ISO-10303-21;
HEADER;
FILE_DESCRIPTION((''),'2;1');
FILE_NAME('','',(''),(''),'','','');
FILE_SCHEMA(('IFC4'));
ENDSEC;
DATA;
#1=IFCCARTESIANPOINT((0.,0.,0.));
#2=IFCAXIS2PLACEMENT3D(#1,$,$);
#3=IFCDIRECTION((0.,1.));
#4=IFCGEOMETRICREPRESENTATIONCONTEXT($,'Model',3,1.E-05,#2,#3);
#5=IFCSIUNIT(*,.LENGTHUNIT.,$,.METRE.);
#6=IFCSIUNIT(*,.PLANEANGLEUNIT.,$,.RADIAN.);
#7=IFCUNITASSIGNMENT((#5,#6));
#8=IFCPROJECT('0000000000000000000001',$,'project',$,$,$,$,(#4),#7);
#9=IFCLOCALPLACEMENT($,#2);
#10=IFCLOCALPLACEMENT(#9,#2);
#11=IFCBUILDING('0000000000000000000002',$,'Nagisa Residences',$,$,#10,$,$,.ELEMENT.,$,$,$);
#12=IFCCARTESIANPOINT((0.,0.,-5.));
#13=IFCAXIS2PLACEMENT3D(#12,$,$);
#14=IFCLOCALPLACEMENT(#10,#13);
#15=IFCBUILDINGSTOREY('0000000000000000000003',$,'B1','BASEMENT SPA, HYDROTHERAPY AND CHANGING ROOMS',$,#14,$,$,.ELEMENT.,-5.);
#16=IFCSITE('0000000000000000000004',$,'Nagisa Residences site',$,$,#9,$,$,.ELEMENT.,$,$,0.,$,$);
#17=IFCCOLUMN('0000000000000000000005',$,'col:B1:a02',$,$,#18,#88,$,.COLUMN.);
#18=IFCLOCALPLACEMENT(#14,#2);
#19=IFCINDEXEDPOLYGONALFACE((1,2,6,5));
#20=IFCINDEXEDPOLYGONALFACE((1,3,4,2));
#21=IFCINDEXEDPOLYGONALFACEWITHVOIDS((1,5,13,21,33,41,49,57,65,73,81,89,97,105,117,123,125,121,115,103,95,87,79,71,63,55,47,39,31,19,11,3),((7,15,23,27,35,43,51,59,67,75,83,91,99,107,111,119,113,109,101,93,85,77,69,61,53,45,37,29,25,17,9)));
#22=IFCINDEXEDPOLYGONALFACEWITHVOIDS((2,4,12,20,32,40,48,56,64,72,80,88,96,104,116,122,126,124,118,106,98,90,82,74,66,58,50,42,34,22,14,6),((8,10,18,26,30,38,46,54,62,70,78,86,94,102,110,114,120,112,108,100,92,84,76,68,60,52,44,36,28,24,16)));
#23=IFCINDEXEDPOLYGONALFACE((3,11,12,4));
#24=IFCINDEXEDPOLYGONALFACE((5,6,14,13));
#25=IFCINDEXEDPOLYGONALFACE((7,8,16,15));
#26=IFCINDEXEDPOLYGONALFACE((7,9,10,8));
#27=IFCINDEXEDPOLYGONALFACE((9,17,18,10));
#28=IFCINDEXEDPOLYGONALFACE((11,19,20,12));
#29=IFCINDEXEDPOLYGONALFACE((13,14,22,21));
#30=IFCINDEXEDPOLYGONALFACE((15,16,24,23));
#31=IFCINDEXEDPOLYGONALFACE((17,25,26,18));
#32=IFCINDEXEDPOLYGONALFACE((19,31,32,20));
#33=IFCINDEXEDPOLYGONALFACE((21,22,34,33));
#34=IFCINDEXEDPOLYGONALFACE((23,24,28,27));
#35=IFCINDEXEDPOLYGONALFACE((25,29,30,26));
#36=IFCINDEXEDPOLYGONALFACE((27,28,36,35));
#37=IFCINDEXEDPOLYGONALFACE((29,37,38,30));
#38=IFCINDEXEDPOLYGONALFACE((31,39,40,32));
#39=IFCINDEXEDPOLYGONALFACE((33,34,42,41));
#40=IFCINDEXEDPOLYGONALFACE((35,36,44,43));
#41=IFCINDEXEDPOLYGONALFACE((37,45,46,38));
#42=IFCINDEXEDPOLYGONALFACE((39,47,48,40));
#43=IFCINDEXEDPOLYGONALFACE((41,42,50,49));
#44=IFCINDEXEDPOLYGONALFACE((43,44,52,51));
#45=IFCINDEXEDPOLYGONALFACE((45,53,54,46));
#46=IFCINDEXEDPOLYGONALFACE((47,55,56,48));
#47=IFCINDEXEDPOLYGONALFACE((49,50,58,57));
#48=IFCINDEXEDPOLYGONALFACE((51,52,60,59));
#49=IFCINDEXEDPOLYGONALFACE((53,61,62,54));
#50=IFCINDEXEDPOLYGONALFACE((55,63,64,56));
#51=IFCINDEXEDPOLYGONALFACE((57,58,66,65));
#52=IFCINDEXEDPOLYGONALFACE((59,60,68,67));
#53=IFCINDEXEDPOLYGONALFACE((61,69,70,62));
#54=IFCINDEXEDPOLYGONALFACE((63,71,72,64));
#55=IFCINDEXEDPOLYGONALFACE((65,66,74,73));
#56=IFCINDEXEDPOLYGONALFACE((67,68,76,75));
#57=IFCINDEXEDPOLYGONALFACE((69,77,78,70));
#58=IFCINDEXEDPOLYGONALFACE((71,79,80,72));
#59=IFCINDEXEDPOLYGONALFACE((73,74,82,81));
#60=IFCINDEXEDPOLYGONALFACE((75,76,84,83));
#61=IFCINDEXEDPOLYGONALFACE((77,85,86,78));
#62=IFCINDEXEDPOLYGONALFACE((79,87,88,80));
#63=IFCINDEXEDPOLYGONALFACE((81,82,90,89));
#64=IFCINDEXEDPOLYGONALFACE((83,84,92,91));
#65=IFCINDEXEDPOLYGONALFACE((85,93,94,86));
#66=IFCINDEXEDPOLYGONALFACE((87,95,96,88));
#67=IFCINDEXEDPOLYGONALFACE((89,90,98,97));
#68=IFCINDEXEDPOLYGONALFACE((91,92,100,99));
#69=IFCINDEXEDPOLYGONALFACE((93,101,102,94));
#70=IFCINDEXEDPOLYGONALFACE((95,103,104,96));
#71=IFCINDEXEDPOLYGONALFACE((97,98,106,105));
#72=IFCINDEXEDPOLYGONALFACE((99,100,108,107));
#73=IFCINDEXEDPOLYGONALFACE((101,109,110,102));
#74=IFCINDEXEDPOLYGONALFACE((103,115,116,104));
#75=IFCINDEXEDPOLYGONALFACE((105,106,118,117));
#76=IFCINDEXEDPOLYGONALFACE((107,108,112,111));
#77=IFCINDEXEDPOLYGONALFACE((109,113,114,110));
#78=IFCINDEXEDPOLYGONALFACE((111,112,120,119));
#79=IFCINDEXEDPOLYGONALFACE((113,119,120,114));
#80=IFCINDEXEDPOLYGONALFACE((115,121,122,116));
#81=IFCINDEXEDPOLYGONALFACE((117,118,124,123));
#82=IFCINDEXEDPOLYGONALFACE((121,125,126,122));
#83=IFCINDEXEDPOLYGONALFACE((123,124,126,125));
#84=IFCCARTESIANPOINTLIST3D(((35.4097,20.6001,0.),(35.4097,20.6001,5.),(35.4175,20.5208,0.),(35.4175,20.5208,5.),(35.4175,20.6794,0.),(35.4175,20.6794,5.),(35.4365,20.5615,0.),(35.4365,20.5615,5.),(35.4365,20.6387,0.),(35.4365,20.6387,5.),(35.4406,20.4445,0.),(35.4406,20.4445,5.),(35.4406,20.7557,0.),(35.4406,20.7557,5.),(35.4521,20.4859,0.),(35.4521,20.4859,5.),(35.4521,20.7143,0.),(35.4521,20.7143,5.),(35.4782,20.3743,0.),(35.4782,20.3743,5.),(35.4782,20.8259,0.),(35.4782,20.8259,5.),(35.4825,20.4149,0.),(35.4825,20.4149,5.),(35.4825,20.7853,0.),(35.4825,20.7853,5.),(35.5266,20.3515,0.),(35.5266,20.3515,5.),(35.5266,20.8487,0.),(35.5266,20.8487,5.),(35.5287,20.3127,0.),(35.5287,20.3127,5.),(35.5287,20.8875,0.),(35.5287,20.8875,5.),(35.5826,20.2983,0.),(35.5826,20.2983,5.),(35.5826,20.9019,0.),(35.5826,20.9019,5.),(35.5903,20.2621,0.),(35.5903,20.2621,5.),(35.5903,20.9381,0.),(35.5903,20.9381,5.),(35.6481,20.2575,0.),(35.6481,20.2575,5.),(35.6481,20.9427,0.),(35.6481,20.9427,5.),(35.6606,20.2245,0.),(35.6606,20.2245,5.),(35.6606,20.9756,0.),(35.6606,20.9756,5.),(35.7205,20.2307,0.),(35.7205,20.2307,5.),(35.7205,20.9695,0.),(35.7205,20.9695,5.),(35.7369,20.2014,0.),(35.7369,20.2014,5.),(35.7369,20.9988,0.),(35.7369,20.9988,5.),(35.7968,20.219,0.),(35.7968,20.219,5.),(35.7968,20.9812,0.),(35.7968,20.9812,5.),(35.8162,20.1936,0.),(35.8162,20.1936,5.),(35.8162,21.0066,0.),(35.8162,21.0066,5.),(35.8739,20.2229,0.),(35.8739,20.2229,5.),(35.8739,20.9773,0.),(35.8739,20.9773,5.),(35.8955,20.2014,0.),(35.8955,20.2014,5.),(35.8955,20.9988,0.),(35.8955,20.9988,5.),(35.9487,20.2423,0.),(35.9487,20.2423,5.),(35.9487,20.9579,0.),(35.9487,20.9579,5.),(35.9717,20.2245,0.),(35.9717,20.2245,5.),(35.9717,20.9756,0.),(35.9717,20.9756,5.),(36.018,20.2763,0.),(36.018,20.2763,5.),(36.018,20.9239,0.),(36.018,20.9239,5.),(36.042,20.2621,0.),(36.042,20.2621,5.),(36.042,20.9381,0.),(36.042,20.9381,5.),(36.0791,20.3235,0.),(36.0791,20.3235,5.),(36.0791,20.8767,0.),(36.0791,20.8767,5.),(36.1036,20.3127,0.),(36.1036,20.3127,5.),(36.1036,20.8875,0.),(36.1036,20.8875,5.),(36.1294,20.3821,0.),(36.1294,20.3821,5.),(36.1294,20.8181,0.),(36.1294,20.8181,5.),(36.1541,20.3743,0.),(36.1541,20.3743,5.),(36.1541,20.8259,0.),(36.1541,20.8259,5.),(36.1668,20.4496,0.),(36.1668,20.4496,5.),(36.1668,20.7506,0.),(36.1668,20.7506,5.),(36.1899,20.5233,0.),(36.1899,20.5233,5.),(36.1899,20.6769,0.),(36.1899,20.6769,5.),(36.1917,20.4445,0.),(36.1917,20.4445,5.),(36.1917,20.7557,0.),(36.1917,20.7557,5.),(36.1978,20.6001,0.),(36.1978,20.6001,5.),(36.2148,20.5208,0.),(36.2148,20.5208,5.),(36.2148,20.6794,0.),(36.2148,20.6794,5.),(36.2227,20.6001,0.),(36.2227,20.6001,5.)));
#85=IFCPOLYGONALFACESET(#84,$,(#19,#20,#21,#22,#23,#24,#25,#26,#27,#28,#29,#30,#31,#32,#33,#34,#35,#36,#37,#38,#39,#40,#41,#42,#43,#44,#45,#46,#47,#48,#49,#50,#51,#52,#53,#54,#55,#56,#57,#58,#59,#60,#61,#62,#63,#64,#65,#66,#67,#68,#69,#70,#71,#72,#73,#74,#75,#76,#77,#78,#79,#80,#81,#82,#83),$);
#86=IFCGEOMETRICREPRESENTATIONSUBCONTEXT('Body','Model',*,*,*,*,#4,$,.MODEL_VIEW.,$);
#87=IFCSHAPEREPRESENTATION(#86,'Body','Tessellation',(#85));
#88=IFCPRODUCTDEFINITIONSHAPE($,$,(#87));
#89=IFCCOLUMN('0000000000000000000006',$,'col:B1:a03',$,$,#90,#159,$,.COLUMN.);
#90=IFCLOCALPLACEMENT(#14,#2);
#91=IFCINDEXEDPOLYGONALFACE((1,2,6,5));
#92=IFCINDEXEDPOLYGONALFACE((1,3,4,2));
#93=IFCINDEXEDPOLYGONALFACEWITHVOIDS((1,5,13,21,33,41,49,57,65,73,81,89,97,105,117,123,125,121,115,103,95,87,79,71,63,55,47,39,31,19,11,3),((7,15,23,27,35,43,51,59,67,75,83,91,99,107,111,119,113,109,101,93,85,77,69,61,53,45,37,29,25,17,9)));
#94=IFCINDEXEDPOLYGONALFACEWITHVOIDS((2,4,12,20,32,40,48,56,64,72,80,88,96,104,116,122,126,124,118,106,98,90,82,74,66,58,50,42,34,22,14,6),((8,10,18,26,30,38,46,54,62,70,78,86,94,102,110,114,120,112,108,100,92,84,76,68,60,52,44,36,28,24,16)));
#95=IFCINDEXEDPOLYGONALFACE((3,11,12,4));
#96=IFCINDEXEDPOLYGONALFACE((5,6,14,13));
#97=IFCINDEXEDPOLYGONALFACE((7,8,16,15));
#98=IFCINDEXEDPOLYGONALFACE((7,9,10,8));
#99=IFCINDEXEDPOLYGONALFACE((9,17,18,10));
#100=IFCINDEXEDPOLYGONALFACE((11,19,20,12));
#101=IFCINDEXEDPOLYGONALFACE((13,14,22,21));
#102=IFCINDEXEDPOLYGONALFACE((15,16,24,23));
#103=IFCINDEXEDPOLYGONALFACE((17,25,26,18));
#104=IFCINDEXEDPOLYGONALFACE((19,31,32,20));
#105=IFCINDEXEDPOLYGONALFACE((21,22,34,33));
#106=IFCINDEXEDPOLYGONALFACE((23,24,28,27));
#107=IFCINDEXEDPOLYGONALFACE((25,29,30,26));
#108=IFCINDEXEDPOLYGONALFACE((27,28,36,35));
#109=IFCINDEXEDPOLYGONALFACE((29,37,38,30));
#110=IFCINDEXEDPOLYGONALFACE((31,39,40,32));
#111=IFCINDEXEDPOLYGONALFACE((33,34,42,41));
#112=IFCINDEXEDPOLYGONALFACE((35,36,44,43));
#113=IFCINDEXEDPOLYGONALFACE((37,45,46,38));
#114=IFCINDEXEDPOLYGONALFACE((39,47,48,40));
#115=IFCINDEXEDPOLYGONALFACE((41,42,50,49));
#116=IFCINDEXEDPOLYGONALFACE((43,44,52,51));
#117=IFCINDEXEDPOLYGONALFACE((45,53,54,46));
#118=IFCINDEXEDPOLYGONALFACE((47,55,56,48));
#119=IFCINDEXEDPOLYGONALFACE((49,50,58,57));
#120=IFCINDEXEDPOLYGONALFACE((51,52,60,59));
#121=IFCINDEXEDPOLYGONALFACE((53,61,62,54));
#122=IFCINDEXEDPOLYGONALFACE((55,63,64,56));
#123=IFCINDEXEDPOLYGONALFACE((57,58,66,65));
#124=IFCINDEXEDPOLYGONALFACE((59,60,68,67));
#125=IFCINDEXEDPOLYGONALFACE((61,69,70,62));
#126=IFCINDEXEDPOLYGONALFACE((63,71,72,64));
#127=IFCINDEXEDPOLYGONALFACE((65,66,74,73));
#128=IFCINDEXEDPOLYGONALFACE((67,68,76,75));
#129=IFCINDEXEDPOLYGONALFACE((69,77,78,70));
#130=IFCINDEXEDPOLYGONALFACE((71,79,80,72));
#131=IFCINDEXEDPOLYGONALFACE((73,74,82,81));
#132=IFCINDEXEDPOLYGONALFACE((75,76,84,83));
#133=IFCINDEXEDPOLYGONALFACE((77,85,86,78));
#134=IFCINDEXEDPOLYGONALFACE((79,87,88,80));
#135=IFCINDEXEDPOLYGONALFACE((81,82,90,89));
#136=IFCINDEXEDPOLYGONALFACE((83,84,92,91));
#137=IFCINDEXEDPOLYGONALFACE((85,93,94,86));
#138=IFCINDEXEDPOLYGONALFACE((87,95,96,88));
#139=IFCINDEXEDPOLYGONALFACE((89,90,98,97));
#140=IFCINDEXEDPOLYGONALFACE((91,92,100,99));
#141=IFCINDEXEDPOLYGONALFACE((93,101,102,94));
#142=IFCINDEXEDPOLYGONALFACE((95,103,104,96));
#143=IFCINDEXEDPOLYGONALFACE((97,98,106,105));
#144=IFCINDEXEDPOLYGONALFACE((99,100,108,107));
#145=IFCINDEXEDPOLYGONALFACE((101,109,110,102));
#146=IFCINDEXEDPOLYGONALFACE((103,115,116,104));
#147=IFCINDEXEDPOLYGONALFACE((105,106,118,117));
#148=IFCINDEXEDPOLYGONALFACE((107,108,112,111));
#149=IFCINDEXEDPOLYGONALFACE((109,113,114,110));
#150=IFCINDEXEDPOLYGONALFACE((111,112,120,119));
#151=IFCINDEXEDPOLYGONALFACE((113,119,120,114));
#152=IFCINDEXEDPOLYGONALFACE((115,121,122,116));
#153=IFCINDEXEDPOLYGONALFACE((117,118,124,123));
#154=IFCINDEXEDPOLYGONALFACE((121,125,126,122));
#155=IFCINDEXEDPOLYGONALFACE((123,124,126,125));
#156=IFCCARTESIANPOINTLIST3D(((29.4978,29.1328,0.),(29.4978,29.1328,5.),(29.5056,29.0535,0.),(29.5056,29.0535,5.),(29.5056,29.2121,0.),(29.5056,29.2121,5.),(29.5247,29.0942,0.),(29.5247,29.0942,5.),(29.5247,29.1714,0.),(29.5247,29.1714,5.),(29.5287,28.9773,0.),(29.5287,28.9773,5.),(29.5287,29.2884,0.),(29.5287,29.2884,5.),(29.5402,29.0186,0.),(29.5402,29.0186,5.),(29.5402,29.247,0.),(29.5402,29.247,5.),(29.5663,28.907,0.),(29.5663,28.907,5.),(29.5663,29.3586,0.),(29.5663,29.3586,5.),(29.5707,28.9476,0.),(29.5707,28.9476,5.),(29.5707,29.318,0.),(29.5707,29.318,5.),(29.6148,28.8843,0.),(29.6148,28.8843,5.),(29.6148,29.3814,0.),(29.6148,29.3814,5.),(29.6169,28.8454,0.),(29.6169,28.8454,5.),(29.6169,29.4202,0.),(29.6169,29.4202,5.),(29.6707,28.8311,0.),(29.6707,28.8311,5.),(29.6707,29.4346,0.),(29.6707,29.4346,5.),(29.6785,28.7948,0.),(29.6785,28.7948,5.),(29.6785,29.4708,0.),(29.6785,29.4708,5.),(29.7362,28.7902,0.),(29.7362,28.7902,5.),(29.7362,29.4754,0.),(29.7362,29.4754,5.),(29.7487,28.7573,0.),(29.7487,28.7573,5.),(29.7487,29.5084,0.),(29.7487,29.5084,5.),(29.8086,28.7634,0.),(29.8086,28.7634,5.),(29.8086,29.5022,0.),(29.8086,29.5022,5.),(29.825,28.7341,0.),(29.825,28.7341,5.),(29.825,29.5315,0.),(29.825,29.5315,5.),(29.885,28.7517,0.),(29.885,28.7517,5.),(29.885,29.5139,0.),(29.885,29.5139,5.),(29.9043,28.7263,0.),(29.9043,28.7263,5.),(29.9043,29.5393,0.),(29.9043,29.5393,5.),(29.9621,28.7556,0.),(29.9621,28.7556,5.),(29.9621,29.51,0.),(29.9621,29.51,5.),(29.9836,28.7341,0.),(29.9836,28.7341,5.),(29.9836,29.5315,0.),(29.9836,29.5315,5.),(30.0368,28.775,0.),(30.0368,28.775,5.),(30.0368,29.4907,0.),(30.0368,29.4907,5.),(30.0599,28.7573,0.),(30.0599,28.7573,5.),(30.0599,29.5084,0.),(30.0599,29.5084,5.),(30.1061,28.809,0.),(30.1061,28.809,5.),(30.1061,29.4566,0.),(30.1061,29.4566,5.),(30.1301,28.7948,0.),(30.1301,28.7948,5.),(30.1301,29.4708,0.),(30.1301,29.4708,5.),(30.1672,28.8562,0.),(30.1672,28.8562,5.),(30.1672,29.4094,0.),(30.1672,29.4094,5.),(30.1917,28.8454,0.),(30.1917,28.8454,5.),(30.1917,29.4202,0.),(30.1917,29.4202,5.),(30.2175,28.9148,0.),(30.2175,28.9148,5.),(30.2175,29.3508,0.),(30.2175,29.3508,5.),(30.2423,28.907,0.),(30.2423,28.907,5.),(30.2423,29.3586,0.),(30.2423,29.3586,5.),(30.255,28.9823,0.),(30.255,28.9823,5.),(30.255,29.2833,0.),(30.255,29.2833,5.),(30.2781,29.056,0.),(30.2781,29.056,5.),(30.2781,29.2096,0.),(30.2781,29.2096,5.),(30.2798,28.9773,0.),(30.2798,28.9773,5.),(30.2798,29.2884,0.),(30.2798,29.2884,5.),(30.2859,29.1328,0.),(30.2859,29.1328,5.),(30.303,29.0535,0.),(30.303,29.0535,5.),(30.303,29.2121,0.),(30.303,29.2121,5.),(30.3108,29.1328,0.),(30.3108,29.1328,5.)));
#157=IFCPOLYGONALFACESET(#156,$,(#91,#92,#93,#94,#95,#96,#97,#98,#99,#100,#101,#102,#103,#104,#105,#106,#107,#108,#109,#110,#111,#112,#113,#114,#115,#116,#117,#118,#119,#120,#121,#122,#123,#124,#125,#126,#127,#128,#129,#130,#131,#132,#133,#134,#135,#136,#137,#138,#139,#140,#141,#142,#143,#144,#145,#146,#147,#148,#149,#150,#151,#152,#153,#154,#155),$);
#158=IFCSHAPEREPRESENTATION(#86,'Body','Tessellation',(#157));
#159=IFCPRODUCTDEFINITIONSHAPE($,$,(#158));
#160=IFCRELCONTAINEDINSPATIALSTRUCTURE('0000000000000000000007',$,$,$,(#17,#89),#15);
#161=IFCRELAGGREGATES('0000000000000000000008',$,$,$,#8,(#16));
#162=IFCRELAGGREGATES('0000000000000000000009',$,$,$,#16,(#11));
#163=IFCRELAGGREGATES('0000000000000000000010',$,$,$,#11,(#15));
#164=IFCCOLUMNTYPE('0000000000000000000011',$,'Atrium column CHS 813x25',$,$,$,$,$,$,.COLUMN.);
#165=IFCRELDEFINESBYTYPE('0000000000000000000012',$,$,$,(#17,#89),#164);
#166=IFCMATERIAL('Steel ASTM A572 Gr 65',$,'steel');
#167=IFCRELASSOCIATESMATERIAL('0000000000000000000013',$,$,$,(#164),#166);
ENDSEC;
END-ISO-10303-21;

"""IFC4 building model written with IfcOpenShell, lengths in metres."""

from ifc_helpers import new_model, si_unit, direction, frame, origin, origin_2d, place, context, subcontext, project, spatial, hollow_circle, extrude, material, material_profile, profile_set, type_object, element, save


model = new_model("IFC4")

# Units and contexts
model_context = context("Model", 3, precision=1e-05, world=origin(), true_north=direction((0.0, 1.0)))
body_context = subcontext(model_context, "Body", "Model", "MODEL_VIEW")
ifc_project = project(units=[si_unit("LENGTHUNIT", "METRE"), si_unit("PLANEANGLEUNIT", "RADIAN")], contexts=[model_context])

# Site, building, storey
site_placement = place(None, origin())
site = spatial("IfcSite", under=ifc_project, at=site_placement, Name="Nagisa Residences site", CompositionType="ELEMENT", RefElevation=0.0)
building_placement = place(site_placement, origin())
building = spatial("IfcBuilding", under=site, at=building_placement, Name="Nagisa Residences", CompositionType="ELEMENT")
storey_placement = place(building_placement, frame((0.0, 0.0, -5.0)))
storey = spatial("IfcBuildingStorey", under=building, at=storey_placement, Name="B1", Description="BASEMENT SPA, HYDROTHERAPY AND CHANGING ROOMS", CompositionType="ELEMENT", Elevation=-5.0)

# Columns
ifc_material_1 = material(Name="Steel ASTM A572 Gr 65", Category="steel")
ifc_material_profile_1 = material_profile(ifc_material_1, hollow_circle(Radius=0.4065, WallThickness=0.0249, at=origin_2d()), Name="CHS 813x25")
ifc_profile_set_1 = profile_set([ifc_material_profile_1], Name="Steel ASTM A572 Gr 65")
column_type_1 = type_object("IfcColumnType", Name="Atrium column CHS 813x25", PredefinedType="COLUMN", material=ifc_profile_set_1)
for number, where, z_axis, x_axis, name in (
    (1, (35.8162, 20.6001, 0.0), (0.0, 0.0, 1.0), (1.0, 0.0, 0.0), "col:B1:a02"),
    (2, (29.9043, 29.1328, 0.0), (0.0, 0.0, 1.0), (1.0, 0.0, 0.0), "col:B1:a03"),
):
    element("IfcColumn", number, at=place(storey_placement, frame(where, z_axis=z_axis, x_axis=x_axis)), inside=storey, type_object=column_type_1, Name=name, PredefinedType="COLUMN", context=body_context, shape_type="SweptSolid", body=[
        extrude(hollow_circle(Radius=0.4065, WallThickness=0.0249, at=origin_2d()), origin(), (0.0, 0.0, 1.0), 5.0),
    ])

save(model, "model.ifc")
